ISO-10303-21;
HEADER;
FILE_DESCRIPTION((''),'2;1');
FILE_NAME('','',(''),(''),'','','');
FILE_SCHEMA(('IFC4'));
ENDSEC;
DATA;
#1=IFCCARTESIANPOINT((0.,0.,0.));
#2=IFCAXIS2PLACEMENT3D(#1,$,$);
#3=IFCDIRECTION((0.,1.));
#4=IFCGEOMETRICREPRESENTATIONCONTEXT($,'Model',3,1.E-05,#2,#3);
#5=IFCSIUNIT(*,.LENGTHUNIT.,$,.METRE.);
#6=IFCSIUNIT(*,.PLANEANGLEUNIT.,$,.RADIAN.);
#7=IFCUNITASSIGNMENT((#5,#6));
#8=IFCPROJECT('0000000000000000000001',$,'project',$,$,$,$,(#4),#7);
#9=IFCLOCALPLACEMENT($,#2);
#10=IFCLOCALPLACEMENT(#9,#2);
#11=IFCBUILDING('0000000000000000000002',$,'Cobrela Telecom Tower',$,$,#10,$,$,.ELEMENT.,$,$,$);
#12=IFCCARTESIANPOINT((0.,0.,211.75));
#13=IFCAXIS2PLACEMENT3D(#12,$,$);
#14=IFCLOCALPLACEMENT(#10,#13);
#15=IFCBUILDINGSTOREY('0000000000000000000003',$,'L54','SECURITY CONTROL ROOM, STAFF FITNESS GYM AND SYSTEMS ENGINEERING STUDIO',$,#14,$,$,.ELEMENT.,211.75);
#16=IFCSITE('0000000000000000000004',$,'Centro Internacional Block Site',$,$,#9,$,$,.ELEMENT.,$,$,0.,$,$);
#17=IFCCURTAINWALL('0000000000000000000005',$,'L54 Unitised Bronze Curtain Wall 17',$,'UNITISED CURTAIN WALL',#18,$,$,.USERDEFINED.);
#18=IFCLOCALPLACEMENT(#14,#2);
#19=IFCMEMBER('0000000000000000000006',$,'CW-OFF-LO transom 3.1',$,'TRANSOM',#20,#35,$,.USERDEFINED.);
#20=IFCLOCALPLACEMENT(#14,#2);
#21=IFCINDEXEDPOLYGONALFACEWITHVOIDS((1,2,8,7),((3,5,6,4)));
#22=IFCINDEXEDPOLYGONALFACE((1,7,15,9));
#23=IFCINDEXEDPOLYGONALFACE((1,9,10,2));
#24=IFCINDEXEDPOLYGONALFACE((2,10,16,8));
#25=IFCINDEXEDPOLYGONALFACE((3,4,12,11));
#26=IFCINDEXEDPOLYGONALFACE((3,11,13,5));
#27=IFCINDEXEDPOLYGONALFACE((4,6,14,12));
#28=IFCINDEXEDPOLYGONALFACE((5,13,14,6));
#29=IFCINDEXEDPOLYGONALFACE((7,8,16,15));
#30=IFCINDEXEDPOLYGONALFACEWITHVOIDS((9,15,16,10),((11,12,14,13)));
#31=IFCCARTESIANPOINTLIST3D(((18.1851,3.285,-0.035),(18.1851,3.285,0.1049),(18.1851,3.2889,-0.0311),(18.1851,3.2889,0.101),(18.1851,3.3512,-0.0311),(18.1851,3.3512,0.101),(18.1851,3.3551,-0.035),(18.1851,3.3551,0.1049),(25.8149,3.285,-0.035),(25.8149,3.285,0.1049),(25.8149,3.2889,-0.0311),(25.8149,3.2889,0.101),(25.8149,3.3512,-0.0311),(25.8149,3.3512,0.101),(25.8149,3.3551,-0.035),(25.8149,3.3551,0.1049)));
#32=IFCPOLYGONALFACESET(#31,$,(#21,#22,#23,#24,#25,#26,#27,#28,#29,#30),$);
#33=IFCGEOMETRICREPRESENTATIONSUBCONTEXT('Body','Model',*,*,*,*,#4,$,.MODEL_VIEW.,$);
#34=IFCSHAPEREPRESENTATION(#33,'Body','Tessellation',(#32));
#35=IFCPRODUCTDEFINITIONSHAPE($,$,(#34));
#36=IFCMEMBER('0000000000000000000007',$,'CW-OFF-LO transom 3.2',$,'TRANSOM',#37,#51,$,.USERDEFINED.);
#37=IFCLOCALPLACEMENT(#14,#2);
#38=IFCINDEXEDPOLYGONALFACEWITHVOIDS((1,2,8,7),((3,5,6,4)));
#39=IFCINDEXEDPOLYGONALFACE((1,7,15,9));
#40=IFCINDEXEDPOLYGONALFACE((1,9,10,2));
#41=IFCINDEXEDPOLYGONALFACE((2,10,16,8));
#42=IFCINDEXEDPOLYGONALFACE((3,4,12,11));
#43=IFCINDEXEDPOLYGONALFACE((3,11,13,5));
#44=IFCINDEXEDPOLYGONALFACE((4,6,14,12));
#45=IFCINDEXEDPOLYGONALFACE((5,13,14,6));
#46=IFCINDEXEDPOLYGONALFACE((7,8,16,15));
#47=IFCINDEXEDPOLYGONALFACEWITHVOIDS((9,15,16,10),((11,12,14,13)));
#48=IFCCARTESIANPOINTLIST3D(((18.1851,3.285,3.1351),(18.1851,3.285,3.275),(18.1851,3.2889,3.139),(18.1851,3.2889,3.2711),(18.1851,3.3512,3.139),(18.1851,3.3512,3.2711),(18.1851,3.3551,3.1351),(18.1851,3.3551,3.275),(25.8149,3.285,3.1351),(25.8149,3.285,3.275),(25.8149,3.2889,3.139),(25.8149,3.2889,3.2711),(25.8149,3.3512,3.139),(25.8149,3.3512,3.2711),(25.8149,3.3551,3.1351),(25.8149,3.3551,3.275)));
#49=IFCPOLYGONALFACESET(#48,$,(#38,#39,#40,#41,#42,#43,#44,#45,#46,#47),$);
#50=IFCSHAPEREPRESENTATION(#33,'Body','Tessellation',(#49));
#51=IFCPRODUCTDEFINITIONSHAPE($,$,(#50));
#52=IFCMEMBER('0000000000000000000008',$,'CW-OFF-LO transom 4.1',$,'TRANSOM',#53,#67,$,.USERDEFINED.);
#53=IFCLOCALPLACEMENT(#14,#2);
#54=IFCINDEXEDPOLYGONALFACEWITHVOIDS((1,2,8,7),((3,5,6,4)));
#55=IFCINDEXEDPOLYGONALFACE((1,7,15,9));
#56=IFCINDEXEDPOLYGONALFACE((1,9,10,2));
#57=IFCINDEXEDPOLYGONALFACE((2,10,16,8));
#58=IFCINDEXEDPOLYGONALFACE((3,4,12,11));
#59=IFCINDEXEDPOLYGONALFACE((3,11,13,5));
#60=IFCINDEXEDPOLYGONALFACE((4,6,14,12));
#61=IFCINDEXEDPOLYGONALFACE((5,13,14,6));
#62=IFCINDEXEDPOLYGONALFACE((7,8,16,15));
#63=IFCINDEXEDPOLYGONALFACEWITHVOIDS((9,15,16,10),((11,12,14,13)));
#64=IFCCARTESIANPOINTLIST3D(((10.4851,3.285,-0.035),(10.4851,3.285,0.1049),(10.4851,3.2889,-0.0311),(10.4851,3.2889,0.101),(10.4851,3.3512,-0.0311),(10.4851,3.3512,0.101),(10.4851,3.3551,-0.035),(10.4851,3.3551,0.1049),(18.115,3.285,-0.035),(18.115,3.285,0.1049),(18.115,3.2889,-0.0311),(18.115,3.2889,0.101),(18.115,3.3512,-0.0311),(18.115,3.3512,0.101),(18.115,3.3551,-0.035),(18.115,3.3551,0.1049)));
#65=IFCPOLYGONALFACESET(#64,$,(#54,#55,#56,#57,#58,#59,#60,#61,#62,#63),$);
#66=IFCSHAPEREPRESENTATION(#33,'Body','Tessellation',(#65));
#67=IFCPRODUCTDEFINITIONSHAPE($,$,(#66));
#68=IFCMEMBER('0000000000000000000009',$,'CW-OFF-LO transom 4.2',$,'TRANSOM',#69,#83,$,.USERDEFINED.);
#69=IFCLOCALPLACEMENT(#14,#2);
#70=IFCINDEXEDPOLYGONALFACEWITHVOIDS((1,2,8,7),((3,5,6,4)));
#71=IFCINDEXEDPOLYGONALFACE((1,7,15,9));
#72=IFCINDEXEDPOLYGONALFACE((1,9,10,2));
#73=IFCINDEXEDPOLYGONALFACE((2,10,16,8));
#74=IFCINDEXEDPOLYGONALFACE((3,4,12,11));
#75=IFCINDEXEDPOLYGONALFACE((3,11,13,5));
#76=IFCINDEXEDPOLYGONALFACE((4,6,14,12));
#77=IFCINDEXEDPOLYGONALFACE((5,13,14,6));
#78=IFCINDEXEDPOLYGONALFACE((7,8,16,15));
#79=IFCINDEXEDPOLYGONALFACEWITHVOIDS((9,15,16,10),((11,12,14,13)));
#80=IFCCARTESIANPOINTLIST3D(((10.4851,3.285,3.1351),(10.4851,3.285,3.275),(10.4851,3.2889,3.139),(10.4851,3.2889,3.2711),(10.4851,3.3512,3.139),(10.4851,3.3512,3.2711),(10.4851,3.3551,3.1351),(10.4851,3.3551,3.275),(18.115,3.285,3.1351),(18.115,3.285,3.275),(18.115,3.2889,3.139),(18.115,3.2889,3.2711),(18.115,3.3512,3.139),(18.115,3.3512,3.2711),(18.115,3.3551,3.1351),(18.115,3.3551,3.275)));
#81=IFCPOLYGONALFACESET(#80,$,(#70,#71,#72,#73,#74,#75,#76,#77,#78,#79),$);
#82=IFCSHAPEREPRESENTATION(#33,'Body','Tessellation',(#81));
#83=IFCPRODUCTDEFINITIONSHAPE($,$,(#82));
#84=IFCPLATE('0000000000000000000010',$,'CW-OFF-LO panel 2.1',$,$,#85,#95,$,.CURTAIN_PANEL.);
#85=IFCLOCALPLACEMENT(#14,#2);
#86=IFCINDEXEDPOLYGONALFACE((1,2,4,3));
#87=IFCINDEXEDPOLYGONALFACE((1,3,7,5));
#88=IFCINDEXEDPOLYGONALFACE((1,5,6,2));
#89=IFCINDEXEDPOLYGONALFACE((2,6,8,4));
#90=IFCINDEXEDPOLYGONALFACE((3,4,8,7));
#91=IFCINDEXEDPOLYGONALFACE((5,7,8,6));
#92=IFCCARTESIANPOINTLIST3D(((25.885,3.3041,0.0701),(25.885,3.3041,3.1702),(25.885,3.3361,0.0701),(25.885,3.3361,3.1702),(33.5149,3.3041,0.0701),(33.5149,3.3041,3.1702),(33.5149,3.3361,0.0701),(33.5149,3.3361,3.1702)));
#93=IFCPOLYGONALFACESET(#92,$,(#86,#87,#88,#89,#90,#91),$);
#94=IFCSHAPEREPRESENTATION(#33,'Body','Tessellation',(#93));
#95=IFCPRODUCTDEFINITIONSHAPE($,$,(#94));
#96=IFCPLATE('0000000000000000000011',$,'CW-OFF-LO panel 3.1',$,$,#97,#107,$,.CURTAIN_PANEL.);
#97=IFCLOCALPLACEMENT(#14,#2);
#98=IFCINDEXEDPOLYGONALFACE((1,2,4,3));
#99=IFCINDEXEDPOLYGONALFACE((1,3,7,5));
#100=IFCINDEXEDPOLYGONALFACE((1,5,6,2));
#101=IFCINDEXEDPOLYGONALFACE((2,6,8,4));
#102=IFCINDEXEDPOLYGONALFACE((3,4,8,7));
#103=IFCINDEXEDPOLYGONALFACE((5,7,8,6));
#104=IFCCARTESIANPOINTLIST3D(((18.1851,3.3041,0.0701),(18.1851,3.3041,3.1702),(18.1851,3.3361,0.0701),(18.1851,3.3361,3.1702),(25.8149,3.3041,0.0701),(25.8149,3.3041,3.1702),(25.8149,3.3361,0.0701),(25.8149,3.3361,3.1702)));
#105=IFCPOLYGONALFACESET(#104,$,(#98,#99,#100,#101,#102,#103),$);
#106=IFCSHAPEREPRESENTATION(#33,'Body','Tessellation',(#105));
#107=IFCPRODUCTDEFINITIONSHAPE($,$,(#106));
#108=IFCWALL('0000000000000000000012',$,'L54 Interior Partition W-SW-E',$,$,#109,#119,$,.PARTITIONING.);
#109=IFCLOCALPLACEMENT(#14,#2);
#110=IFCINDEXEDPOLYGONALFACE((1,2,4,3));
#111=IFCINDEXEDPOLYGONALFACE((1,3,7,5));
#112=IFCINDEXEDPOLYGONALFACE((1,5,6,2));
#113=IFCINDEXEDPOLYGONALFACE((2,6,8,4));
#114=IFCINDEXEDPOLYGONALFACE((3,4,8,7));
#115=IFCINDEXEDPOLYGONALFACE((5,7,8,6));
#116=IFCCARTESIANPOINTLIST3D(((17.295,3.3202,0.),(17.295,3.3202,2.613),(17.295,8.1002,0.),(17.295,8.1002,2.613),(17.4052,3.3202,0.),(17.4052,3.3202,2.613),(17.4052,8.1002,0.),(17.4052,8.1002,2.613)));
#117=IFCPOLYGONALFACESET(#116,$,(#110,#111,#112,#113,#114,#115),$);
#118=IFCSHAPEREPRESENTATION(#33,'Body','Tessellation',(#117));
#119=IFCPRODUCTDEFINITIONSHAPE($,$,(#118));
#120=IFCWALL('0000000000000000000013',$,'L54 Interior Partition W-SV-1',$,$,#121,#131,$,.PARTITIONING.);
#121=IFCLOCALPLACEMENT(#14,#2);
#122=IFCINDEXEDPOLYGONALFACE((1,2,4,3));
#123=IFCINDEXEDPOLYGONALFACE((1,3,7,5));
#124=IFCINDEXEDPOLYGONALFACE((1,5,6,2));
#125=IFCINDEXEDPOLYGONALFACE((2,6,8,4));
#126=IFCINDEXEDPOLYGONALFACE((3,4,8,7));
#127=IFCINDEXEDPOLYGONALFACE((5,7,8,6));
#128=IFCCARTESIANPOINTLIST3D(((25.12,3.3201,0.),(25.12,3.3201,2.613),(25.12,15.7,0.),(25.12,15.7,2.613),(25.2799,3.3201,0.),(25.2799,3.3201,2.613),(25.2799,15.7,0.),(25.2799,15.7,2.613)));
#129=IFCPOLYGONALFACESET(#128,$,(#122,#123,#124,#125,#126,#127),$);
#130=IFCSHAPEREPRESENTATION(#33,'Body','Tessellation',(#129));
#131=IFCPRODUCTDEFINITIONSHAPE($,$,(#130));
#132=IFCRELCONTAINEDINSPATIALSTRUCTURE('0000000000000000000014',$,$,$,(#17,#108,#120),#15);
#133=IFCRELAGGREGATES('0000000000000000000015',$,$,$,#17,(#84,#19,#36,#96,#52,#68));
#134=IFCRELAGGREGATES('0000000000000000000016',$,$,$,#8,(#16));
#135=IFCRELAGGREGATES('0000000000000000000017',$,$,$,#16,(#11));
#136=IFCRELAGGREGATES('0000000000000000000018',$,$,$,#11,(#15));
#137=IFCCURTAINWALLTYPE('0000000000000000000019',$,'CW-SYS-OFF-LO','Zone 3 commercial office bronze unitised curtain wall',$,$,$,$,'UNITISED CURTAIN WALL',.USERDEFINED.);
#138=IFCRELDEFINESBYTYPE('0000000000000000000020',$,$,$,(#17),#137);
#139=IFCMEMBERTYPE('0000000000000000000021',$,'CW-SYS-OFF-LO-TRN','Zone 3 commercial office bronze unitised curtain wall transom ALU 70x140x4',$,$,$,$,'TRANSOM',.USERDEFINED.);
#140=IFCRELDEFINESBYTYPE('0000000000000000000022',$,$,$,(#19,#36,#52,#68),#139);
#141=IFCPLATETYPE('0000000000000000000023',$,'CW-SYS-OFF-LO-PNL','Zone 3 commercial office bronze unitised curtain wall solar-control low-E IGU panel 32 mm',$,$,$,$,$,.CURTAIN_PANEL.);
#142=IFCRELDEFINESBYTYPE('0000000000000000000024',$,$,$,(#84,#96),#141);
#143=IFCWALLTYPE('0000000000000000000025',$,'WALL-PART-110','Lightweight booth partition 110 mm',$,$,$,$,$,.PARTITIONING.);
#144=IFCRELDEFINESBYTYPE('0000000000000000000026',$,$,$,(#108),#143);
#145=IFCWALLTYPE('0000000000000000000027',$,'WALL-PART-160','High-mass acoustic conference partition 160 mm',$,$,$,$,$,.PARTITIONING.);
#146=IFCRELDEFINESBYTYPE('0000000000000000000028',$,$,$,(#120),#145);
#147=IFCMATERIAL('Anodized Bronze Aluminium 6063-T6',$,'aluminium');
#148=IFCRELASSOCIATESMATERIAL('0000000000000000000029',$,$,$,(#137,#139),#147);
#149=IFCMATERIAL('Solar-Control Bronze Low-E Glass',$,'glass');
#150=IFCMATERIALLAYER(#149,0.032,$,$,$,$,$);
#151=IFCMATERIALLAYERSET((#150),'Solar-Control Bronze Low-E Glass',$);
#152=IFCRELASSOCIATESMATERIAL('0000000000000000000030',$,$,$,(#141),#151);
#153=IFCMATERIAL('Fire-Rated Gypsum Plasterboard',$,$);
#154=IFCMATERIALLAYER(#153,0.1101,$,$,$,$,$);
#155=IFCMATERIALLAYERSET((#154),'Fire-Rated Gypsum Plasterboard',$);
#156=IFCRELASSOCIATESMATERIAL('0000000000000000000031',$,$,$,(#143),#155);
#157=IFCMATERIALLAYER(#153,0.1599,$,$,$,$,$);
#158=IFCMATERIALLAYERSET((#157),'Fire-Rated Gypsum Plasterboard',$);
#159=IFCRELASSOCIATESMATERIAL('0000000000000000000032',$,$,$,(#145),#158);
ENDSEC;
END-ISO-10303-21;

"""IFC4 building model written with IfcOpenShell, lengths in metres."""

from ifc_helpers import new_model, si_unit, direction, frame, frame_2d, origin, origin_2d, place, context, subcontext, project, spatial, rectangle, hollow_rectangle, extrude, material, layer, layer_set, material_profile, profile_set, type_object, element, aggregate, save


model = new_model("IFC4")

# Units and contexts
model_context = context("Model", 3, precision=1e-05, world=origin(), true_north=direction((0.0, 1.0)))
body_context = subcontext(model_context, "Body", "Model", "MODEL_VIEW")
ifc_project = project(units=[si_unit("LENGTHUNIT", "METRE"), si_unit("PLANEANGLEUNIT", "RADIAN")], contexts=[model_context])

# Site, building, storey
site_placement = place(None, origin())
site = spatial("IfcSite", under=ifc_project, at=site_placement, Name="Centro Internacional Block Site", CompositionType="ELEMENT", RefElevation=0.0)
building_placement = place(site_placement, origin())
building = spatial("IfcBuilding", under=site, at=building_placement, Name="Cobrela Telecom Tower", CompositionType="ELEMENT")
storey_placement = place(building_placement, frame((0.0, 0.0, 211.75)))
storey = spatial("IfcBuildingStorey", under=building, at=storey_placement, Name="L54", Description="SECURITY CONTROL ROOM, STAFF FITNESS GYM AND SYSTEMS ENGINEERING STUDIO", CompositionType="ELEMENT", Elevation=211.75)

# Curtain wall, members, plates
ifc_material_1 = material(Name="Anodized Bronze Aluminium 6063-T6", Category="aluminium")
curtain_wall_type = type_object("IfcCurtainWallType", Name="CW-SYS-OFF-LO", Description="Zone 3 commercial office bronze unitised curtain wall", ElementType="UNITISED CURTAIN WALL", PredefinedType="USERDEFINED", material=ifc_material_1)
curtain_wall_placement = place(storey_placement, origin())
curtain_wall = element("IfcCurtainWall", 1, at=curtain_wall_placement, inside=storey, type_object=curtain_wall_type, Name="L54 Unitised Bronze Curtain Wall 17", ObjectType="UNITISED CURTAIN WALL", PredefinedType="USERDEFINED")
ifc_material_profile_1 = material_profile(ifc_material_1, hollow_rectangle(XDim=0.0701, YDim=0.1399, WallThickness=0.0039, at=origin_2d()), Name="ALU 70x140x4")
ifc_profile_set_1 = profile_set([ifc_material_profile_1], Name="Anodized Bronze Aluminium 6063-T6")
member_type_1 = type_object("IfcMemberType", Name="CW-SYS-OFF-LO-TRN", Description="Zone 3 commercial office bronze unitised curtain wall transom ALU 70x140x4", ElementType="TRANSOM", PredefinedType="USERDEFINED", material=ifc_profile_set_1)
member_1_placement = place(storey_placement, frame((25.8149, 3.3201, 0.0349), z_axis=(-1.0, 0.0, 0.0), x_axis=(0.0, -1.0, 0.0)))
member_1 = element("IfcMember", 2, at=member_1_placement, type_object=member_type_1, Name="CW-OFF-LO transom 3.1", ObjectType="TRANSOM", PredefinedType="USERDEFINED", context=body_context, shape_type="SweptSolid", body=[
    extrude(hollow_rectangle(XDim=0.0701, YDim=0.1399, WallThickness=0.0039, at=origin_2d()), origin(), (0.0, 0.0, 1.0), 7.6299),
])
member_2_placement = place(storey_placement, frame((25.8149, 3.3201, 3.2051), z_axis=(-1.0, 0.0, 0.0), x_axis=(0.0, -1.0, 0.0)))
member_2 = element("IfcMember", 3, at=member_2_placement, type_object=member_type_1, Name="CW-OFF-LO transom 3.2", ObjectType="TRANSOM", PredefinedType="USERDEFINED", context=body_context, shape_type="SweptSolid", body=[
    extrude(hollow_rectangle(XDim=0.0701, YDim=0.1399, WallThickness=0.0039, at=origin_2d()), origin(), (0.0, 0.0, 1.0), 7.6299),
])
member_3_placement = place(storey_placement, frame((18.115, 3.3201, 0.0349), z_axis=(-1.0, 0.0, 0.0), x_axis=(0.0, -1.0, 0.0)))
member_3 = element("IfcMember", 4, at=member_3_placement, type_object=member_type_1, Name="CW-OFF-LO transom 4.1", ObjectType="TRANSOM", PredefinedType="USERDEFINED", context=body_context, shape_type="SweptSolid", body=[
    extrude(hollow_rectangle(XDim=0.0701, YDim=0.1399, WallThickness=0.0039, at=origin_2d()), origin(), (0.0, 0.0, 1.0), 7.6299),
])
member_4_placement = place(storey_placement, frame((18.115, 3.3201, 3.2051), z_axis=(-1.0, 0.0, 0.0), x_axis=(0.0, -1.0, 0.0)))
member_4 = element("IfcMember", 5, at=member_4_placement, type_object=member_type_1, Name="CW-OFF-LO transom 4.2", ObjectType="TRANSOM", PredefinedType="USERDEFINED", context=body_context, shape_type="SweptSolid", body=[
    extrude(hollow_rectangle(XDim=0.0701, YDim=0.1399, WallThickness=0.0039, at=origin_2d()), origin(), (0.0, 0.0, 1.0), 7.6299),
])
ifc_material_2 = material(Name="Solar-Control Bronze Low-E Glass", Category="glass")
ifc_layer_1 = layer(ifc_material_2, 0.032)
ifc_layer_set_1 = layer_set([ifc_layer_1], Name="Solar-Control Bronze Low-E Glass")
plate_type = type_object("IfcPlateType", Name="CW-SYS-OFF-LO-PNL", Description="Zone 3 commercial office bronze unitised curtain wall solar-control low-E IGU panel 32 mm", PredefinedType="CURTAIN_PANEL", material=ifc_layer_set_1)
plate_1_placement = place(storey_placement, frame((29.7, 3.3201, 0.0701), z_axis=(0.0, 0.0, 1.0), x_axis=(-1.0, 0.0, 0.0)))
plate_1 = element("IfcPlate", 6, at=plate_1_placement, type_object=plate_type, Name="CW-OFF-LO panel 2.1", PredefinedType="CURTAIN_PANEL", context=body_context, shape_type="SweptSolid", body=[
    extrude(rectangle(XDim=7.6299, YDim=0.032, at=origin_2d()), origin(), (0.0, 0.0, 1.0), 3.1001),
])
plate_2_placement = place(storey_placement, frame((22.0, 3.3201, 0.0701), z_axis=(0.0, 0.0, 1.0), x_axis=(-1.0, 0.0, 0.0)))
plate_2 = element("IfcPlate", 7, at=plate_2_placement, type_object=plate_type, Name="CW-OFF-LO panel 3.1", PredefinedType="CURTAIN_PANEL", context=body_context, shape_type="SweptSolid", body=[
    extrude(rectangle(XDim=7.6299, YDim=0.032, at=origin_2d()), origin(), (0.0, 0.0, 1.0), 3.1001),
])
aggregate(curtain_wall, [plate_1, member_1, member_2, plate_2, member_3, member_4])

# Walls
ifc_material_3 = material(Name="Fire-Rated Gypsum Plasterboard")
ifc_layer_2 = layer(ifc_material_3, 0.1101)
ifc_layer_set_2 = layer_set([ifc_layer_2], Name="Fire-Rated Gypsum Plasterboard")
wall_type_1 = type_object("IfcWallType", Name="WALL-PART-110", Description="Lightweight booth partition 110 mm", PredefinedType="PARTITIONING", material=ifc_layer_set_2)
wall_1_placement = place(storey_placement, frame((17.3501, 3.3201, 0.0), z_axis=(0.0, 0.0, 1.0), x_axis=(0.0, 1.0, 0.0)))
element("IfcWall", 8, at=wall_1_placement, inside=storey, type_object=wall_type_1, Name="L54 Interior Partition W-SW-E", PredefinedType="PARTITIONING", context=body_context, shape_type="SweptSolid", body=[
    extrude(rectangle(XDim=4.78, YDim=0.1101, at=frame_2d((2.3901, 0.0))), origin(), (0.0, 0.0, 1.0), 2.613),
])
ifc_layer_3 = layer(ifc_material_3, 0.1599)
ifc_layer_set_3 = layer_set([ifc_layer_3], Name="Fire-Rated Gypsum Plasterboard")
wall_type_2 = type_object("IfcWallType", Name="WALL-PART-160", Description="High-mass acoustic conference partition 160 mm", PredefinedType="PARTITIONING", material=ifc_layer_set_3)
wall_2_placement = place(storey_placement, frame((25.2, 3.3201, 0.0), z_axis=(0.0, 0.0, 1.0), x_axis=(0.0, 1.0, 0.0)))
element("IfcWall", 9, at=wall_2_placement, inside=storey, type_object=wall_type_2, Name="L54 Interior Partition W-SV-1", PredefinedType="PARTITIONING", context=body_context, shape_type="SweptSolid", body=[
    extrude(rectangle(XDim=12.3799, YDim=0.1599, at=frame_2d((6.1899, 0.0))), origin(), (0.0, 0.0, 1.0), 2.613),
])

save(model, "model.ifc")
